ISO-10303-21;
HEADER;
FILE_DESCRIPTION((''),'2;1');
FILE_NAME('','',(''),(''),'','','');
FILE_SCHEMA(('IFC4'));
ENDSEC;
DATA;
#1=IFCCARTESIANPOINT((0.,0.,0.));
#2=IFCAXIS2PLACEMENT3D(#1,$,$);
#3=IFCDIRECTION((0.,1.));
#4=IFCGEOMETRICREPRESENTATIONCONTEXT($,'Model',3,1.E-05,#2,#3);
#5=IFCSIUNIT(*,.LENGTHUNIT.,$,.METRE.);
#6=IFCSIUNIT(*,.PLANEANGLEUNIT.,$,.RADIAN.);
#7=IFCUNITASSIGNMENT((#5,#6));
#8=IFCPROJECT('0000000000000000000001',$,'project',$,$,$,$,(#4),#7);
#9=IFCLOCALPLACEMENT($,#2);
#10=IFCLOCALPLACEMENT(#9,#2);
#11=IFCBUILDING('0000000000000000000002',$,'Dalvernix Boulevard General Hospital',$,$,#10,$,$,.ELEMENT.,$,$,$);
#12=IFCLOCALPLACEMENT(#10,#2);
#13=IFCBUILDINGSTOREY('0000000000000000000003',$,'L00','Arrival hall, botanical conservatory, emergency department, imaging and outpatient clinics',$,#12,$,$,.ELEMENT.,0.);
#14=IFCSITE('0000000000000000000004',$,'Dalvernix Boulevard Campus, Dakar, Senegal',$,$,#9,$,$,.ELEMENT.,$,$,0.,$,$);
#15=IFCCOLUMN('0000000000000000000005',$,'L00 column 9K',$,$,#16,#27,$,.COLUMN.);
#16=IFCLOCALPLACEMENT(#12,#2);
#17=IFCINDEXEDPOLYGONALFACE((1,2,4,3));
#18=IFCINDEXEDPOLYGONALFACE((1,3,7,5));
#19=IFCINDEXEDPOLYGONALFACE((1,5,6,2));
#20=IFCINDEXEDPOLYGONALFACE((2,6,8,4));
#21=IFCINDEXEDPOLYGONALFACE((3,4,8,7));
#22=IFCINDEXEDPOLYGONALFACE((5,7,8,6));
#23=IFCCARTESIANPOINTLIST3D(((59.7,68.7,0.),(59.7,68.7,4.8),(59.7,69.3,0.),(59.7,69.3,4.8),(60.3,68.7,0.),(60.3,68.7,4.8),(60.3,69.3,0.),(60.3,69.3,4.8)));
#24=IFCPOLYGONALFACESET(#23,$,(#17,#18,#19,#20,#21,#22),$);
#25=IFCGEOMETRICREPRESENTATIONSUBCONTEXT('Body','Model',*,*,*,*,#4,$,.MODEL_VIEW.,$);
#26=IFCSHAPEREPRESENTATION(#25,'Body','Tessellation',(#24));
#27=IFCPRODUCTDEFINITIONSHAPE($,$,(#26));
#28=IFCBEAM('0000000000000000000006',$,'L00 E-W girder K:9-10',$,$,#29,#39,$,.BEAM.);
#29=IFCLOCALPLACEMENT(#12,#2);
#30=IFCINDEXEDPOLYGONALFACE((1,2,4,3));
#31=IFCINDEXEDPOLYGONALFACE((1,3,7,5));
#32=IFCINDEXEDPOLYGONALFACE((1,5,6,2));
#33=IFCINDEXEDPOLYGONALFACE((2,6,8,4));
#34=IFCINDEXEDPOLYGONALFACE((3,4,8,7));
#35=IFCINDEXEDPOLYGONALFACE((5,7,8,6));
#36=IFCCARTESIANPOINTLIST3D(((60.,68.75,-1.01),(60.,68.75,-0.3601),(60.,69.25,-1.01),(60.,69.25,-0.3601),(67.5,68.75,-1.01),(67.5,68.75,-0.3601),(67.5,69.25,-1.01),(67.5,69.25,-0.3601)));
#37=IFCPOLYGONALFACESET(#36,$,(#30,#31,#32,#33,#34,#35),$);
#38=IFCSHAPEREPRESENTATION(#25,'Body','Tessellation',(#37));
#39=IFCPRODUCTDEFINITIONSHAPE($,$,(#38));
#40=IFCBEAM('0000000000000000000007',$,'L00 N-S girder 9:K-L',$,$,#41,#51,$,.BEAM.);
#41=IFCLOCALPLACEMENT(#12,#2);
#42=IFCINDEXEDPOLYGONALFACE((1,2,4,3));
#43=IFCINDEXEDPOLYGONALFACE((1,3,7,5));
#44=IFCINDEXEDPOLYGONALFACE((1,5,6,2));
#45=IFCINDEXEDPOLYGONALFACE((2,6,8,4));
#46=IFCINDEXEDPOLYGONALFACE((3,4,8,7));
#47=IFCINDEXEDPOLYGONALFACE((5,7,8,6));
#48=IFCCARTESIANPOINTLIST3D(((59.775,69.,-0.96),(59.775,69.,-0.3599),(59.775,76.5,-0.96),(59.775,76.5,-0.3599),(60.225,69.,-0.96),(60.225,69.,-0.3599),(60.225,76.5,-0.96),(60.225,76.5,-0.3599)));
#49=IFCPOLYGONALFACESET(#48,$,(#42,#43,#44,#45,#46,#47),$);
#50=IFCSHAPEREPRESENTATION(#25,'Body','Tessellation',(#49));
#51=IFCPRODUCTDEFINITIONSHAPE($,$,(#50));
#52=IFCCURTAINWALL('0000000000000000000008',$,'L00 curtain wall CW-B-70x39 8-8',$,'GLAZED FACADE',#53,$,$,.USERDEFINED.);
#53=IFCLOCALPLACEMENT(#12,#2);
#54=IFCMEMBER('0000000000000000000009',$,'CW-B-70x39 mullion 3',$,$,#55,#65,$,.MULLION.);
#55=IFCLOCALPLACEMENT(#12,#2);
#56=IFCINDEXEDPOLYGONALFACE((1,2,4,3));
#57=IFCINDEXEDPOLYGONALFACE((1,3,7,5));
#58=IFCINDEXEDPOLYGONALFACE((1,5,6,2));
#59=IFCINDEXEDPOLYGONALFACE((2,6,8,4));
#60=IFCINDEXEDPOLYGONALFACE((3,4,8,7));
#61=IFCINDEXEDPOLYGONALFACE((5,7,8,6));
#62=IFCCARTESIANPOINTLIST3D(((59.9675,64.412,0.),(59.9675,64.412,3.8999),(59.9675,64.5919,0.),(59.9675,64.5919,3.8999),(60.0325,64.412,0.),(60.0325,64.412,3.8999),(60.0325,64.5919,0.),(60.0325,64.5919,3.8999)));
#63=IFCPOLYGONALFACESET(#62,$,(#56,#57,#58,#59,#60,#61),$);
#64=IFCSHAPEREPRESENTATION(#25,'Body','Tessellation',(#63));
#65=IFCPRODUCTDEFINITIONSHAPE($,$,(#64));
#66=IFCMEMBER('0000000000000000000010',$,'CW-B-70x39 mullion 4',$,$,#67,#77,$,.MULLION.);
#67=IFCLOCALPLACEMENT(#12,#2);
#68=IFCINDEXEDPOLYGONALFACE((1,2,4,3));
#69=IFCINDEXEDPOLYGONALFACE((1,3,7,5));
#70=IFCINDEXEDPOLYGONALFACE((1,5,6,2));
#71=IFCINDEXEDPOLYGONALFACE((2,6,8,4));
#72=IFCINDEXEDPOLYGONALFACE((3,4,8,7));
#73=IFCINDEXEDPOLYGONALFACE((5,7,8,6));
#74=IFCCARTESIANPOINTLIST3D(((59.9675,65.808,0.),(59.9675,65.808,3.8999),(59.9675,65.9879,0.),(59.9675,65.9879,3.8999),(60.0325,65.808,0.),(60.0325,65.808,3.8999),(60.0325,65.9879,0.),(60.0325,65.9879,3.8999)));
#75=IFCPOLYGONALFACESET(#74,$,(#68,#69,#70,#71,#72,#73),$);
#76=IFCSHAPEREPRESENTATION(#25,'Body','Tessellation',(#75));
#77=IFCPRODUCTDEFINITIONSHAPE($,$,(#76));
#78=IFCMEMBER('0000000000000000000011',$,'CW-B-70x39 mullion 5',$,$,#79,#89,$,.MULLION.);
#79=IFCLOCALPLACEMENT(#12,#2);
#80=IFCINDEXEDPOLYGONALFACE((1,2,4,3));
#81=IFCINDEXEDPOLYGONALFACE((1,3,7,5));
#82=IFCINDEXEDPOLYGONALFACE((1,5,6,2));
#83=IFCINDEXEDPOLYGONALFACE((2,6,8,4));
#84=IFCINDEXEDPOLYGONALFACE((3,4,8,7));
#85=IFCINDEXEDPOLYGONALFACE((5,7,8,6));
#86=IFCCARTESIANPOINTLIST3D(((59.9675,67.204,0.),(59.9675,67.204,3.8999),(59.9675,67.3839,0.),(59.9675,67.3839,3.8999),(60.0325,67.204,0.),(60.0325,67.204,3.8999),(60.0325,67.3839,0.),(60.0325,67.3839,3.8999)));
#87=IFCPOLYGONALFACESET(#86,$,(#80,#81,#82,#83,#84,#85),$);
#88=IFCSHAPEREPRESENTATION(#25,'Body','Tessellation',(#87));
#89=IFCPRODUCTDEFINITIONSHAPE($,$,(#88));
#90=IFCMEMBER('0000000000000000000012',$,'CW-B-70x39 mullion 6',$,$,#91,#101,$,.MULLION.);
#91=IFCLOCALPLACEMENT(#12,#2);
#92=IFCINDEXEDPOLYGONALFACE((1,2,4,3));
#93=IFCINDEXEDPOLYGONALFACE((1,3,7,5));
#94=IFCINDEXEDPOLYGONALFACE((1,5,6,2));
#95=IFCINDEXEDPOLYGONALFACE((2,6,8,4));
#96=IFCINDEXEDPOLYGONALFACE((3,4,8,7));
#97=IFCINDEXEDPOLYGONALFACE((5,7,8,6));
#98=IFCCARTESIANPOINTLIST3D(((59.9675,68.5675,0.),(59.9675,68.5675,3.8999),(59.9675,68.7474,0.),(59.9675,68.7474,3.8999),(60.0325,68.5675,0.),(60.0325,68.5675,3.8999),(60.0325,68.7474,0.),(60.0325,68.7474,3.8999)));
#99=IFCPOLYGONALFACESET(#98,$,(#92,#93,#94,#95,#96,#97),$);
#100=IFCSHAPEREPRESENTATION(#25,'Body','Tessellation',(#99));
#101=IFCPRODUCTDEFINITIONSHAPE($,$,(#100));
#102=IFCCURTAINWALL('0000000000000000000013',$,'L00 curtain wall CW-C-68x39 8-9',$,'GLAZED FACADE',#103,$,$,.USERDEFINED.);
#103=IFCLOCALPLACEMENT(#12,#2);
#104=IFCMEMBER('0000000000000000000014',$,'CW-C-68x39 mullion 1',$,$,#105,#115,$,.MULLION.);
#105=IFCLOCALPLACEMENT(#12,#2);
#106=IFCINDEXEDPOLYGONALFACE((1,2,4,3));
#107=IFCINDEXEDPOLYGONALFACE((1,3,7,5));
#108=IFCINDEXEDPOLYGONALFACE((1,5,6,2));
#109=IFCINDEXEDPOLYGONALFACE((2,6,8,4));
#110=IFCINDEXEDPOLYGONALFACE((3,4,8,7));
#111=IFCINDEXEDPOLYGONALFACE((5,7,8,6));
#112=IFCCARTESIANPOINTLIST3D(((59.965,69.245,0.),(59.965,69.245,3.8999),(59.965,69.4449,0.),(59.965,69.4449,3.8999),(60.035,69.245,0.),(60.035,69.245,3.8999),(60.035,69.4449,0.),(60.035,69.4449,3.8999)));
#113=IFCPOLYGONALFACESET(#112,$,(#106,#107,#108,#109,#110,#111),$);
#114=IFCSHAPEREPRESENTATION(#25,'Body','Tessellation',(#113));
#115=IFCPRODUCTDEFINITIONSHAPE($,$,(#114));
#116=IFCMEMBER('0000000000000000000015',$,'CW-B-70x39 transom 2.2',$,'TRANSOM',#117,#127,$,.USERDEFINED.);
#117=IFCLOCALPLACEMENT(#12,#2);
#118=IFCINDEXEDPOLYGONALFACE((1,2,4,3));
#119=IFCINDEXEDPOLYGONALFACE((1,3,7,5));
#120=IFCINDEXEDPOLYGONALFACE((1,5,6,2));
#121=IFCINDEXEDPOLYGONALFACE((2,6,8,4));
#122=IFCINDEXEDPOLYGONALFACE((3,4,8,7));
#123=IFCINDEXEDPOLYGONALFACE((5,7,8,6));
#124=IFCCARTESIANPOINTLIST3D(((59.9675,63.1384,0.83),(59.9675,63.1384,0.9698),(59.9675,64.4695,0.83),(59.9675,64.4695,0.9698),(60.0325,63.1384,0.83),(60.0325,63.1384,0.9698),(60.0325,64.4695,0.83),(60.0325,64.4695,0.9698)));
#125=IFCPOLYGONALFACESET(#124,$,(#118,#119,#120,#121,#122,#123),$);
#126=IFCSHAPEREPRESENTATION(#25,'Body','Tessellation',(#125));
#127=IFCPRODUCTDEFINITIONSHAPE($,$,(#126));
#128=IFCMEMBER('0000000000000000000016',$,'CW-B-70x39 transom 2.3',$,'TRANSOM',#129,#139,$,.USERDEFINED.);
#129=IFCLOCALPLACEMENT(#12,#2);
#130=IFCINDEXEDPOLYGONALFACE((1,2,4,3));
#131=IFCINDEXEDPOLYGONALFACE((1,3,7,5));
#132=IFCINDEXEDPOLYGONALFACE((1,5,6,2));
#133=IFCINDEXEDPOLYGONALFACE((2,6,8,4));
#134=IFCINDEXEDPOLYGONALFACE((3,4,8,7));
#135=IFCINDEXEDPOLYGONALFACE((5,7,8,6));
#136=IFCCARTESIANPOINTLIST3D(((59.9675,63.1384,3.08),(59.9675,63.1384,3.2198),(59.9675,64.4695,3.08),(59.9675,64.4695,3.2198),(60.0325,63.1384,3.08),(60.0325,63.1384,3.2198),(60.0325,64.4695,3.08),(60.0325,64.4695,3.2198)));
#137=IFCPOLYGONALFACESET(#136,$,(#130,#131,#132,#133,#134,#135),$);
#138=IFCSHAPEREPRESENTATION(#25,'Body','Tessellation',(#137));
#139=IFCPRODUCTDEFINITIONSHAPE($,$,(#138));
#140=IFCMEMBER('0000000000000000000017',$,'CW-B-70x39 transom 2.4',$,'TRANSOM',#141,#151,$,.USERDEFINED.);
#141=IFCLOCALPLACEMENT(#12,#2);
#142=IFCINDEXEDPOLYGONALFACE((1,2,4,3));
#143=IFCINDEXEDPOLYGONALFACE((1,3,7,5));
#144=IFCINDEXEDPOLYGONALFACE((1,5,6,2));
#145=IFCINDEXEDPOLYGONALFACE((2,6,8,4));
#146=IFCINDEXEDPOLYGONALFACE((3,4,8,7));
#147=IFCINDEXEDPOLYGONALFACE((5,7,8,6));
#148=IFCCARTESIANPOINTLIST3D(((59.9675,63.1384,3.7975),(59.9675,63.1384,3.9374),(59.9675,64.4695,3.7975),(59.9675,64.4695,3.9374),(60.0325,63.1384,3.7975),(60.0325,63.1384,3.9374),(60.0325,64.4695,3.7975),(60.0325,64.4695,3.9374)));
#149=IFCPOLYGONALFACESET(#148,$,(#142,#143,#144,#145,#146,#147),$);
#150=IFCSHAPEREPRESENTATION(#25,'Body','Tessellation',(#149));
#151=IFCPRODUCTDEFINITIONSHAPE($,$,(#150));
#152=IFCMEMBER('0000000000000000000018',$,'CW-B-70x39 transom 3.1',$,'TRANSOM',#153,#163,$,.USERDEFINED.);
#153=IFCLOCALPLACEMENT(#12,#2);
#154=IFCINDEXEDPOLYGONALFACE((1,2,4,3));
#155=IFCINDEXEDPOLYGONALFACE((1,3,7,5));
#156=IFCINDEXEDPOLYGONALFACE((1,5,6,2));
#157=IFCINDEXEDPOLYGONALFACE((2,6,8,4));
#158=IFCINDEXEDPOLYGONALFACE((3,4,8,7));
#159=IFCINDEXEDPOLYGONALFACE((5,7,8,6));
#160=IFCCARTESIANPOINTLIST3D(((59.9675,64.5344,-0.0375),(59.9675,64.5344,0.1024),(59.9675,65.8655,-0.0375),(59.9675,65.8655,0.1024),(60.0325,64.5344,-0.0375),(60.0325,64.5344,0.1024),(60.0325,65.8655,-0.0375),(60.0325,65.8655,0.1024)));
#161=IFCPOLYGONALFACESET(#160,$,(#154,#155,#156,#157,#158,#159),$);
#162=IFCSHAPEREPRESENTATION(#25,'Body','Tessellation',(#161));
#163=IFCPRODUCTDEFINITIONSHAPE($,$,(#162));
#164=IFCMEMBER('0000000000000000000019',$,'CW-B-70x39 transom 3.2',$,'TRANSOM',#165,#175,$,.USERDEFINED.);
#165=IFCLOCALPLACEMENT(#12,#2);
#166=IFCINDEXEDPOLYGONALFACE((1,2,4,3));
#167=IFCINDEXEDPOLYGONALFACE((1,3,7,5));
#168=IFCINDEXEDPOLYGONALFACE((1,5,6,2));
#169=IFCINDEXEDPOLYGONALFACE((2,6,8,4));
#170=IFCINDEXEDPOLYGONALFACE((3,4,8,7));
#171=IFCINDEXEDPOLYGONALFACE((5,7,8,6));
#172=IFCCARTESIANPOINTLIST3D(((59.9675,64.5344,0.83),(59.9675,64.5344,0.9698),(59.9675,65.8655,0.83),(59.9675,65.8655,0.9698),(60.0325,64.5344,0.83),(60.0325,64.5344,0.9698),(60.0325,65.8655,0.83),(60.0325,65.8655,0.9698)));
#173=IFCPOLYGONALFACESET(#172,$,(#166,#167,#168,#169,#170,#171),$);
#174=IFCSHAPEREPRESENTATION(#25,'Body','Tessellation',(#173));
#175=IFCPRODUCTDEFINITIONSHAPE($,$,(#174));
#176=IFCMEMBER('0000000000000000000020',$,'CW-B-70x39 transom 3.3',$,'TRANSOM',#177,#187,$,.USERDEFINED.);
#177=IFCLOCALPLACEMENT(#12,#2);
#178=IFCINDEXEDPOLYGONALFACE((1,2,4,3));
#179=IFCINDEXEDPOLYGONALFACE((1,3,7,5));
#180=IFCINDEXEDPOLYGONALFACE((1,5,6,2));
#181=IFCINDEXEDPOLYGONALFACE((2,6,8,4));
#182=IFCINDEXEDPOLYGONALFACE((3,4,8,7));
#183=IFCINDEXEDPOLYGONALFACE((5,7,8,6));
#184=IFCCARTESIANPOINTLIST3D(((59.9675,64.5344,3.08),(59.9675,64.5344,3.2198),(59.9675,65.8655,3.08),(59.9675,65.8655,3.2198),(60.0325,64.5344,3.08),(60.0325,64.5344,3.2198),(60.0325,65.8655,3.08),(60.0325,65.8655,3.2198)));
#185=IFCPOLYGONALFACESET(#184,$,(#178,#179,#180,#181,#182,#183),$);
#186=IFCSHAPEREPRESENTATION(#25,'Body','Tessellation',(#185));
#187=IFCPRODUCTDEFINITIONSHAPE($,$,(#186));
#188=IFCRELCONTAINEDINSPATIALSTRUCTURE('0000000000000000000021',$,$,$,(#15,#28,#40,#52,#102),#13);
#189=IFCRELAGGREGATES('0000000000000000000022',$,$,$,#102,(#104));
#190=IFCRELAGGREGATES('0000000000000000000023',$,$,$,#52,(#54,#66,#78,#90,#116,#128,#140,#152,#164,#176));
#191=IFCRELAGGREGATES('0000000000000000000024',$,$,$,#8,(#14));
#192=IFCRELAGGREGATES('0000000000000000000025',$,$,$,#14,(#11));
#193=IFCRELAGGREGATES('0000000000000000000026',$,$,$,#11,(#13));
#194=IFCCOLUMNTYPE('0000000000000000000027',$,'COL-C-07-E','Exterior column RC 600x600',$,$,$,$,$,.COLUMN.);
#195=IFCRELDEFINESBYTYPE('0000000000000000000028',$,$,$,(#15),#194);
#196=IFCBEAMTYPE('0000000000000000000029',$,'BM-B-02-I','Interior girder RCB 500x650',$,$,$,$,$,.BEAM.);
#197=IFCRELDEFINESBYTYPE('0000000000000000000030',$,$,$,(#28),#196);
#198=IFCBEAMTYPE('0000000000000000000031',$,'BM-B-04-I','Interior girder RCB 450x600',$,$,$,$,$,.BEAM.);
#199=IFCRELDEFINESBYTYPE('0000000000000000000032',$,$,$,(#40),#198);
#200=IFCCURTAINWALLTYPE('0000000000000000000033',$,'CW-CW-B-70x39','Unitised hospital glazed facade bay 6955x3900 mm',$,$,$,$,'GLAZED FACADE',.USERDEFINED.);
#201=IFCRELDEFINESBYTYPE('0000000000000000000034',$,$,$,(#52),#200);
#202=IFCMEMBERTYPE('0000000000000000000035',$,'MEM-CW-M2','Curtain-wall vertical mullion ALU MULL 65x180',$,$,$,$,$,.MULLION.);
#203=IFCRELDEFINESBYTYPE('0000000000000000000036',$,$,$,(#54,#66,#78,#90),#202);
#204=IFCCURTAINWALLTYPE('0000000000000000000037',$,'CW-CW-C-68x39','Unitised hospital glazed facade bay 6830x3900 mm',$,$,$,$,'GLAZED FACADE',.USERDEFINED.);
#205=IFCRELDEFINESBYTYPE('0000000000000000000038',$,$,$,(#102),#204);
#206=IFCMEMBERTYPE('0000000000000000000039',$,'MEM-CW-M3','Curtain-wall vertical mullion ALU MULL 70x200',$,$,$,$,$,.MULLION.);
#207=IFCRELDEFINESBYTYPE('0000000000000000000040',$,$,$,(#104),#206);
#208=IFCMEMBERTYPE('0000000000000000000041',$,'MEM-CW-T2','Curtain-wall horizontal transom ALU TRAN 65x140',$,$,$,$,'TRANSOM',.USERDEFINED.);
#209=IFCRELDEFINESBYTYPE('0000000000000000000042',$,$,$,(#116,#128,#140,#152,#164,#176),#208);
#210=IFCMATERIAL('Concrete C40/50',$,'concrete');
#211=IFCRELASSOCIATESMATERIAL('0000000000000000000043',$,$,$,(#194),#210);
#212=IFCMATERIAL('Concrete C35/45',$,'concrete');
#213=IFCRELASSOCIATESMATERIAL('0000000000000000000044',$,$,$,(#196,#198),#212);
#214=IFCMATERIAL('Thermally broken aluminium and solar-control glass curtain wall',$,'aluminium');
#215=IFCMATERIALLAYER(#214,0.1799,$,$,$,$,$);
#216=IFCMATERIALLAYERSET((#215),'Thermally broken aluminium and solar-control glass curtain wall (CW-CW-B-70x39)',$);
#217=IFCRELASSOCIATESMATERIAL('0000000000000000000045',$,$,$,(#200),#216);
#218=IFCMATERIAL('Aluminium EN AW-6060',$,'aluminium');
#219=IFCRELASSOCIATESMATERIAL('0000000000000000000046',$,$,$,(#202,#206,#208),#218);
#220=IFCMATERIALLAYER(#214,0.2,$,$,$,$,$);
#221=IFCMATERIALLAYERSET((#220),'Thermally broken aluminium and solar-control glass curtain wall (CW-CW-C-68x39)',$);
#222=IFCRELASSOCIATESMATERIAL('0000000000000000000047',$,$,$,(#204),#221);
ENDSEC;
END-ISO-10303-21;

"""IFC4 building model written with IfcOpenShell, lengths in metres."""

from ifc_helpers import new_model, si_unit, direction, frame, origin, origin_2d, place, context, subcontext, project, spatial, rectangle, extrude, material, layer, layer_set, material_profile, profile_set, type_object, element, aggregate, save


model = new_model("IFC4")

# Units and contexts
model_context = context("Model", 3, precision=1e-05, world=origin(), true_north=direction((0.0, 1.0)))
body_context = subcontext(model_context, "Body", "Model", "MODEL_VIEW")
ifc_project = project(units=[si_unit("LENGTHUNIT", "METRE"), si_unit("PLANEANGLEUNIT", "RADIAN")], contexts=[model_context])

# Site, building, storey
site_placement = place(None, origin())
site = spatial("IfcSite", under=ifc_project, at=site_placement, Name="Dalvernix Boulevard Campus, Dakar, Senegal", CompositionType="ELEMENT", RefElevation=0.0)
building_placement = place(site_placement, origin())
building = spatial("IfcBuilding", under=site, at=building_placement, Name="Dalvernix Boulevard General Hospital", CompositionType="ELEMENT")
storey_placement = place(building_placement, origin())
storey = spatial("IfcBuildingStorey", under=building, at=storey_placement, Name="L00", Description="Arrival hall, botanical conservatory, emergency department, imaging and outpatient clinics", CompositionType="ELEMENT", Elevation=0.0)

# Column
ifc_material_1 = material(Name="Concrete C40/50", Category="concrete")
ifc_material_profile_1 = material_profile(ifc_material_1, rectangle(XDim=0.6001, YDim=0.6001, at=origin_2d()), Name="RC 600x600")
ifc_profile_set_1 = profile_set([ifc_material_profile_1], Name="Concrete C40/50")
column_type = type_object("IfcColumnType", Name="COL-C-07-E", Description="Exterior column RC 600x600", PredefinedType="COLUMN", material=ifc_profile_set_1)
column_placement = place(storey_placement, frame((60.0, 69.0, 0.0), z_axis=(0.0, 0.0, 1.0), x_axis=(1.0, 0.0, 0.0)))
element("IfcColumn", 1, at=column_placement, inside=storey, type_object=column_type, Name="L00 column 9K", PredefinedType="COLUMN", context=body_context, shape_type="SweptSolid", body=[
    extrude(rectangle(XDim=0.6001, YDim=0.6001, at=origin_2d()), origin(), (0.0, 0.0, 1.0), 4.8),
])

# Beams
ifc_material_2 = material(Name="Concrete C35/45", Category="concrete")
ifc_material_profile_2 = material_profile(ifc_material_2, rectangle(XDim=0.5, YDim=0.6499, at=origin_2d()), Name="RCB 500x650")
ifc_profile_set_2 = profile_set([ifc_material_profile_2], Name="Concrete C35/45")
beam_type_1 = type_object("IfcBeamType", Name="BM-B-02-I", Description="Interior girder RCB 500x650", PredefinedType="BEAM", material=ifc_profile_set_2)
beam_1_placement = place(storey_placement, frame((60.0, 69.0, -0.6851), z_axis=(1.0, 0.0, 0.0), x_axis=(0.0, 1.0, 0.0)))
element("IfcBeam", 2, at=beam_1_placement, inside=storey, type_object=beam_type_1, Name="L00 E-W girder K:9-10", PredefinedType="BEAM", context=body_context, shape_type="SweptSolid", body=[
    extrude(rectangle(XDim=0.5, YDim=0.6499, at=origin_2d()), origin(), (0.0, 0.0, 1.0), 7.5),
])
ifc_material_profile_3 = material_profile(ifc_material_2, rectangle(XDim=0.45, YDim=0.6001, at=origin_2d()), Name="RCB 450x600")
ifc_profile_set_3 = profile_set([ifc_material_profile_3], Name="Concrete C35/45")
beam_type_2 = type_object("IfcBeamType", Name="BM-B-04-I", Description="Interior girder RCB 450x600", PredefinedType="BEAM", material=ifc_profile_set_3)
beam_2_placement = place(storey_placement, frame((60.0, 69.0, -0.6599), z_axis=(0.0, 1.0, 0.0), x_axis=(-1.0, 0.0, 0.0)))
element("IfcBeam", 3, at=beam_2_placement, inside=storey, type_object=beam_type_2, Name="L00 N-S girder 9:K-L", PredefinedType="BEAM", context=body_context, shape_type="SweptSolid", body=[
    extrude(rectangle(XDim=0.45, YDim=0.6001, at=origin_2d()), origin(), (0.0, 0.0, 1.0), 7.5),
])

# Curtain wall, members
ifc_material_3 = material(Name="Thermally broken aluminium and solar-control glass curtain wall", Category="aluminium")
ifc_layer_1 = layer(ifc_material_3, 0.1799)
ifc_layer_set_1 = layer_set([ifc_layer_1], Name="Thermally broken aluminium and solar-control glass curtain wall (CW-CW-B-70x39)")
curtain_wall_type_1 = type_object("IfcCurtainWallType", Name="CW-CW-B-70x39", Description="Unitised hospital glazed facade bay 6955x3900 mm", ElementType="GLAZED FACADE", PredefinedType="USERDEFINED", material=ifc_layer_set_1)
curtain_wall_1_placement = place(storey_placement, origin())
curtain_wall_1 = element("IfcCurtainWall", 4, at=curtain_wall_1_placement, inside=storey, type_object=curtain_wall_type_1, Name="L00 curtain wall CW-B-70x39 8-8", ObjectType="GLAZED FACADE", PredefinedType="USERDEFINED")
ifc_material_4 = material(Name="Aluminium EN AW-6060", Category="aluminium")
ifc_material_profile_4 = material_profile(ifc_material_4, rectangle(XDim=0.0649, YDim=0.1799, at=origin_2d()), Name="ALU MULL 65x180")
ifc_profile_set_4 = profile_set([ifc_material_profile_4], Name="Aluminium EN AW-6060")
member_type_1 = type_object("IfcMemberType", Name="MEM-CW-M2", Description="Curtain-wall vertical mullion ALU MULL 65x180", PredefinedType="MULLION", material=ifc_profile_set_4)
member_1_placement = place(storey_placement, frame((60.0, 64.502, 0.0), z_axis=(0.0, 0.0, 1.0), x_axis=(-1.0, 0.0, 0.0)))
member_1 = element("IfcMember", 5, at=member_1_placement, type_object=member_type_1, Name="CW-B-70x39 mullion 3", PredefinedType="MULLION", context=body_context, shape_type="SweptSolid", body=[
    extrude(rectangle(XDim=0.0649, YDim=0.1799, at=origin_2d()), origin(), (0.0, 0.0, 1.0), 3.8999),
])
member_2_placement = place(storey_placement, frame((60.0, 65.8979, 0.0), z_axis=(0.0, 0.0, 1.0), x_axis=(-1.0, 0.0, 0.0)))
member_2 = element("IfcMember", 6, at=member_2_placement, type_object=member_type_1, Name="CW-B-70x39 mullion 4", PredefinedType="MULLION", context=body_context, shape_type="SweptSolid", body=[
    extrude(rectangle(XDim=0.0649, YDim=0.1799, at=origin_2d()), origin(), (0.0, 0.0, 1.0), 3.8999),
])
member_3_placement = place(storey_placement, frame((60.0, 67.2939, 0.0), z_axis=(0.0, 0.0, 1.0), x_axis=(-1.0, 0.0, 0.0)))
member_3 = element("IfcMember", 7, at=member_3_placement, type_object=member_type_1, Name="CW-B-70x39 mullion 5", PredefinedType="MULLION", context=body_context, shape_type="SweptSolid", body=[
    extrude(rectangle(XDim=0.0649, YDim=0.1799, at=origin_2d()), origin(), (0.0, 0.0, 1.0), 3.8999),
])
member_4_placement = place(storey_placement, frame((60.0, 68.6575, 0.0), z_axis=(0.0, 0.0, 1.0), x_axis=(-1.0, 0.0, 0.0)))
member_4 = element("IfcMember", 8, at=member_4_placement, type_object=member_type_1, Name="CW-B-70x39 mullion 6", PredefinedType="MULLION", context=body_context, shape_type="SweptSolid", body=[
    extrude(rectangle(XDim=0.0649, YDim=0.1799, at=origin_2d()), origin(), (0.0, 0.0, 1.0), 3.8999),
])

# Curtain wall, member
ifc_layer_2 = layer(ifc_material_3, 0.2)
ifc_layer_set_2 = layer_set([ifc_layer_2], Name="Thermally broken aluminium and solar-control glass curtain wall (CW-CW-C-68x39)")
curtain_wall_type_2 = type_object("IfcCurtainWallType", Name="CW-CW-C-68x39", Description="Unitised hospital glazed facade bay 6830x3900 mm", ElementType="GLAZED FACADE", PredefinedType="USERDEFINED", material=ifc_layer_set_2)
curtain_wall_2_placement = place(storey_placement, origin())
curtain_wall_2 = element("IfcCurtainWall", 9, at=curtain_wall_2_placement, inside=storey, type_object=curtain_wall_type_2, Name="L00 curtain wall CW-C-68x39 8-9", ObjectType="GLAZED FACADE", PredefinedType="USERDEFINED")
ifc_material_profile_5 = material_profile(ifc_material_4, rectangle(XDim=0.0701, YDim=0.2, at=origin_2d()), Name="ALU MULL 70x200")
ifc_profile_set_5 = profile_set([ifc_material_profile_5], Name="Aluminium EN AW-6060")
member_type_2 = type_object("IfcMemberType", Name="MEM-CW-M3", Description="Curtain-wall vertical mullion ALU MULL 70x200", PredefinedType="MULLION", material=ifc_profile_set_5)
member_5_placement = place(storey_placement, frame((60.0, 69.345, 0.0), z_axis=(0.0, 0.0, 1.0), x_axis=(-1.0, 0.0, 0.0)))
member_5 = element("IfcMember", 10, at=member_5_placement, type_object=member_type_2, Name="CW-C-68x39 mullion 1", PredefinedType="MULLION", context=body_context, shape_type="SweptSolid", body=[
    extrude(rectangle(XDim=0.0701, YDim=0.2, at=origin_2d()), origin(), (0.0, 0.0, 1.0), 3.8999),
])

# Members
ifc_material_profile_6 = material_profile(ifc_material_4, rectangle(XDim=0.0649, YDim=0.1399, at=origin_2d()), Name="ALU TRAN 65x140")
ifc_profile_set_6 = profile_set([ifc_material_profile_6], Name="Aluminium EN AW-6060")
member_type_3 = type_object("IfcMemberType", Name="MEM-CW-T2", Description="Curtain-wall horizontal transom ALU TRAN 65x140", ElementType="TRANSOM", PredefinedType="USERDEFINED", material=ifc_profile_set_6)
member_6_placement = place(storey_placement, frame((60.0, 63.1384, 0.8999), z_axis=(0.0, 1.0, 0.0), x_axis=(-1.0, 0.0, 0.0)))
member_6 = element("IfcMember", 11, at=member_6_placement, type_object=member_type_3, Name="CW-B-70x39 transom 2.2", ObjectType="TRANSOM", PredefinedType="USERDEFINED", context=body_context, shape_type="SweptSolid", body=[
    extrude(rectangle(XDim=0.0649, YDim=0.1399, at=origin_2d()), origin(), (0.0, 0.0, 1.0), 1.3311),
])
member_7_placement = place(storey_placement, frame((60.0, 63.1384, 3.1499), z_axis=(0.0, 1.0, 0.0), x_axis=(-1.0, 0.0, 0.0)))
member_7 = element("IfcMember", 12, at=member_7_placement, type_object=member_type_3, Name="CW-B-70x39 transom 2.3", ObjectType="TRANSOM", PredefinedType="USERDEFINED", context=body_context, shape_type="SweptSolid", body=[
    extrude(rectangle(XDim=0.0649, YDim=0.1399, at=origin_2d()), origin(), (0.0, 0.0, 1.0), 1.3311),
])
member_8_placement = place(storey_placement, frame((60.0, 63.1384, 3.8674), z_axis=(0.0, 1.0, 0.0), x_axis=(-1.0, 0.0, 0.0)))
member_8 = element("IfcMember", 13, at=member_8_placement, type_object=member_type_3, Name="CW-B-70x39 transom 2.4", ObjectType="TRANSOM", PredefinedType="USERDEFINED", context=body_context, shape_type="SweptSolid", body=[
    extrude(rectangle(XDim=0.0649, YDim=0.1399, at=origin_2d()), origin(), (0.0, 0.0, 1.0), 1.3311),
])
member_9_placement = place(storey_placement, frame((60.0, 64.5344, 0.0325), z_axis=(0.0, 1.0, 0.0), x_axis=(-1.0, 0.0, 0.0)))
member_9 = element("IfcMember", 14, at=member_9_placement, type_object=member_type_3, Name="CW-B-70x39 transom 3.1", ObjectType="TRANSOM", PredefinedType="USERDEFINED", context=body_context, shape_type="SweptSolid", body=[
    extrude(rectangle(XDim=0.0649, YDim=0.1399, at=origin_2d()), origin(), (0.0, 0.0, 1.0), 1.3311),
])
member_10_placement = place(storey_placement, frame((60.0, 64.5344, 0.8999), z_axis=(0.0, 1.0, 0.0), x_axis=(-1.0, 0.0, 0.0)))
member_10 = element("IfcMember", 15, at=member_10_placement, type_object=member_type_3, Name="CW-B-70x39 transom 3.2", ObjectType="TRANSOM", PredefinedType="USERDEFINED", context=body_context, shape_type="SweptSolid", body=[
    extrude(rectangle(XDim=0.0649, YDim=0.1399, at=origin_2d()), origin(), (0.0, 0.0, 1.0), 1.3311),
])
member_11_placement = place(storey_placement, frame((60.0, 64.5344, 3.1499), z_axis=(0.0, 1.0, 0.0), x_axis=(-1.0, 0.0, 0.0)))
member_11 = element("IfcMember", 16, at=member_11_placement, type_object=member_type_3, Name="CW-B-70x39 transom 3.3", ObjectType="TRANSOM", PredefinedType="USERDEFINED", context=body_context, shape_type="SweptSolid", body=[
    extrude(rectangle(XDim=0.0649, YDim=0.1399, at=origin_2d()), origin(), (0.0, 0.0, 1.0), 1.3311),
])
aggregate(curtain_wall_2, [member_5])

aggregate(curtain_wall_1, [member_1, member_2, member_3, member_4, member_6, member_7, member_8, member_9, member_10, member_11])

save(model, "model.ifc")
